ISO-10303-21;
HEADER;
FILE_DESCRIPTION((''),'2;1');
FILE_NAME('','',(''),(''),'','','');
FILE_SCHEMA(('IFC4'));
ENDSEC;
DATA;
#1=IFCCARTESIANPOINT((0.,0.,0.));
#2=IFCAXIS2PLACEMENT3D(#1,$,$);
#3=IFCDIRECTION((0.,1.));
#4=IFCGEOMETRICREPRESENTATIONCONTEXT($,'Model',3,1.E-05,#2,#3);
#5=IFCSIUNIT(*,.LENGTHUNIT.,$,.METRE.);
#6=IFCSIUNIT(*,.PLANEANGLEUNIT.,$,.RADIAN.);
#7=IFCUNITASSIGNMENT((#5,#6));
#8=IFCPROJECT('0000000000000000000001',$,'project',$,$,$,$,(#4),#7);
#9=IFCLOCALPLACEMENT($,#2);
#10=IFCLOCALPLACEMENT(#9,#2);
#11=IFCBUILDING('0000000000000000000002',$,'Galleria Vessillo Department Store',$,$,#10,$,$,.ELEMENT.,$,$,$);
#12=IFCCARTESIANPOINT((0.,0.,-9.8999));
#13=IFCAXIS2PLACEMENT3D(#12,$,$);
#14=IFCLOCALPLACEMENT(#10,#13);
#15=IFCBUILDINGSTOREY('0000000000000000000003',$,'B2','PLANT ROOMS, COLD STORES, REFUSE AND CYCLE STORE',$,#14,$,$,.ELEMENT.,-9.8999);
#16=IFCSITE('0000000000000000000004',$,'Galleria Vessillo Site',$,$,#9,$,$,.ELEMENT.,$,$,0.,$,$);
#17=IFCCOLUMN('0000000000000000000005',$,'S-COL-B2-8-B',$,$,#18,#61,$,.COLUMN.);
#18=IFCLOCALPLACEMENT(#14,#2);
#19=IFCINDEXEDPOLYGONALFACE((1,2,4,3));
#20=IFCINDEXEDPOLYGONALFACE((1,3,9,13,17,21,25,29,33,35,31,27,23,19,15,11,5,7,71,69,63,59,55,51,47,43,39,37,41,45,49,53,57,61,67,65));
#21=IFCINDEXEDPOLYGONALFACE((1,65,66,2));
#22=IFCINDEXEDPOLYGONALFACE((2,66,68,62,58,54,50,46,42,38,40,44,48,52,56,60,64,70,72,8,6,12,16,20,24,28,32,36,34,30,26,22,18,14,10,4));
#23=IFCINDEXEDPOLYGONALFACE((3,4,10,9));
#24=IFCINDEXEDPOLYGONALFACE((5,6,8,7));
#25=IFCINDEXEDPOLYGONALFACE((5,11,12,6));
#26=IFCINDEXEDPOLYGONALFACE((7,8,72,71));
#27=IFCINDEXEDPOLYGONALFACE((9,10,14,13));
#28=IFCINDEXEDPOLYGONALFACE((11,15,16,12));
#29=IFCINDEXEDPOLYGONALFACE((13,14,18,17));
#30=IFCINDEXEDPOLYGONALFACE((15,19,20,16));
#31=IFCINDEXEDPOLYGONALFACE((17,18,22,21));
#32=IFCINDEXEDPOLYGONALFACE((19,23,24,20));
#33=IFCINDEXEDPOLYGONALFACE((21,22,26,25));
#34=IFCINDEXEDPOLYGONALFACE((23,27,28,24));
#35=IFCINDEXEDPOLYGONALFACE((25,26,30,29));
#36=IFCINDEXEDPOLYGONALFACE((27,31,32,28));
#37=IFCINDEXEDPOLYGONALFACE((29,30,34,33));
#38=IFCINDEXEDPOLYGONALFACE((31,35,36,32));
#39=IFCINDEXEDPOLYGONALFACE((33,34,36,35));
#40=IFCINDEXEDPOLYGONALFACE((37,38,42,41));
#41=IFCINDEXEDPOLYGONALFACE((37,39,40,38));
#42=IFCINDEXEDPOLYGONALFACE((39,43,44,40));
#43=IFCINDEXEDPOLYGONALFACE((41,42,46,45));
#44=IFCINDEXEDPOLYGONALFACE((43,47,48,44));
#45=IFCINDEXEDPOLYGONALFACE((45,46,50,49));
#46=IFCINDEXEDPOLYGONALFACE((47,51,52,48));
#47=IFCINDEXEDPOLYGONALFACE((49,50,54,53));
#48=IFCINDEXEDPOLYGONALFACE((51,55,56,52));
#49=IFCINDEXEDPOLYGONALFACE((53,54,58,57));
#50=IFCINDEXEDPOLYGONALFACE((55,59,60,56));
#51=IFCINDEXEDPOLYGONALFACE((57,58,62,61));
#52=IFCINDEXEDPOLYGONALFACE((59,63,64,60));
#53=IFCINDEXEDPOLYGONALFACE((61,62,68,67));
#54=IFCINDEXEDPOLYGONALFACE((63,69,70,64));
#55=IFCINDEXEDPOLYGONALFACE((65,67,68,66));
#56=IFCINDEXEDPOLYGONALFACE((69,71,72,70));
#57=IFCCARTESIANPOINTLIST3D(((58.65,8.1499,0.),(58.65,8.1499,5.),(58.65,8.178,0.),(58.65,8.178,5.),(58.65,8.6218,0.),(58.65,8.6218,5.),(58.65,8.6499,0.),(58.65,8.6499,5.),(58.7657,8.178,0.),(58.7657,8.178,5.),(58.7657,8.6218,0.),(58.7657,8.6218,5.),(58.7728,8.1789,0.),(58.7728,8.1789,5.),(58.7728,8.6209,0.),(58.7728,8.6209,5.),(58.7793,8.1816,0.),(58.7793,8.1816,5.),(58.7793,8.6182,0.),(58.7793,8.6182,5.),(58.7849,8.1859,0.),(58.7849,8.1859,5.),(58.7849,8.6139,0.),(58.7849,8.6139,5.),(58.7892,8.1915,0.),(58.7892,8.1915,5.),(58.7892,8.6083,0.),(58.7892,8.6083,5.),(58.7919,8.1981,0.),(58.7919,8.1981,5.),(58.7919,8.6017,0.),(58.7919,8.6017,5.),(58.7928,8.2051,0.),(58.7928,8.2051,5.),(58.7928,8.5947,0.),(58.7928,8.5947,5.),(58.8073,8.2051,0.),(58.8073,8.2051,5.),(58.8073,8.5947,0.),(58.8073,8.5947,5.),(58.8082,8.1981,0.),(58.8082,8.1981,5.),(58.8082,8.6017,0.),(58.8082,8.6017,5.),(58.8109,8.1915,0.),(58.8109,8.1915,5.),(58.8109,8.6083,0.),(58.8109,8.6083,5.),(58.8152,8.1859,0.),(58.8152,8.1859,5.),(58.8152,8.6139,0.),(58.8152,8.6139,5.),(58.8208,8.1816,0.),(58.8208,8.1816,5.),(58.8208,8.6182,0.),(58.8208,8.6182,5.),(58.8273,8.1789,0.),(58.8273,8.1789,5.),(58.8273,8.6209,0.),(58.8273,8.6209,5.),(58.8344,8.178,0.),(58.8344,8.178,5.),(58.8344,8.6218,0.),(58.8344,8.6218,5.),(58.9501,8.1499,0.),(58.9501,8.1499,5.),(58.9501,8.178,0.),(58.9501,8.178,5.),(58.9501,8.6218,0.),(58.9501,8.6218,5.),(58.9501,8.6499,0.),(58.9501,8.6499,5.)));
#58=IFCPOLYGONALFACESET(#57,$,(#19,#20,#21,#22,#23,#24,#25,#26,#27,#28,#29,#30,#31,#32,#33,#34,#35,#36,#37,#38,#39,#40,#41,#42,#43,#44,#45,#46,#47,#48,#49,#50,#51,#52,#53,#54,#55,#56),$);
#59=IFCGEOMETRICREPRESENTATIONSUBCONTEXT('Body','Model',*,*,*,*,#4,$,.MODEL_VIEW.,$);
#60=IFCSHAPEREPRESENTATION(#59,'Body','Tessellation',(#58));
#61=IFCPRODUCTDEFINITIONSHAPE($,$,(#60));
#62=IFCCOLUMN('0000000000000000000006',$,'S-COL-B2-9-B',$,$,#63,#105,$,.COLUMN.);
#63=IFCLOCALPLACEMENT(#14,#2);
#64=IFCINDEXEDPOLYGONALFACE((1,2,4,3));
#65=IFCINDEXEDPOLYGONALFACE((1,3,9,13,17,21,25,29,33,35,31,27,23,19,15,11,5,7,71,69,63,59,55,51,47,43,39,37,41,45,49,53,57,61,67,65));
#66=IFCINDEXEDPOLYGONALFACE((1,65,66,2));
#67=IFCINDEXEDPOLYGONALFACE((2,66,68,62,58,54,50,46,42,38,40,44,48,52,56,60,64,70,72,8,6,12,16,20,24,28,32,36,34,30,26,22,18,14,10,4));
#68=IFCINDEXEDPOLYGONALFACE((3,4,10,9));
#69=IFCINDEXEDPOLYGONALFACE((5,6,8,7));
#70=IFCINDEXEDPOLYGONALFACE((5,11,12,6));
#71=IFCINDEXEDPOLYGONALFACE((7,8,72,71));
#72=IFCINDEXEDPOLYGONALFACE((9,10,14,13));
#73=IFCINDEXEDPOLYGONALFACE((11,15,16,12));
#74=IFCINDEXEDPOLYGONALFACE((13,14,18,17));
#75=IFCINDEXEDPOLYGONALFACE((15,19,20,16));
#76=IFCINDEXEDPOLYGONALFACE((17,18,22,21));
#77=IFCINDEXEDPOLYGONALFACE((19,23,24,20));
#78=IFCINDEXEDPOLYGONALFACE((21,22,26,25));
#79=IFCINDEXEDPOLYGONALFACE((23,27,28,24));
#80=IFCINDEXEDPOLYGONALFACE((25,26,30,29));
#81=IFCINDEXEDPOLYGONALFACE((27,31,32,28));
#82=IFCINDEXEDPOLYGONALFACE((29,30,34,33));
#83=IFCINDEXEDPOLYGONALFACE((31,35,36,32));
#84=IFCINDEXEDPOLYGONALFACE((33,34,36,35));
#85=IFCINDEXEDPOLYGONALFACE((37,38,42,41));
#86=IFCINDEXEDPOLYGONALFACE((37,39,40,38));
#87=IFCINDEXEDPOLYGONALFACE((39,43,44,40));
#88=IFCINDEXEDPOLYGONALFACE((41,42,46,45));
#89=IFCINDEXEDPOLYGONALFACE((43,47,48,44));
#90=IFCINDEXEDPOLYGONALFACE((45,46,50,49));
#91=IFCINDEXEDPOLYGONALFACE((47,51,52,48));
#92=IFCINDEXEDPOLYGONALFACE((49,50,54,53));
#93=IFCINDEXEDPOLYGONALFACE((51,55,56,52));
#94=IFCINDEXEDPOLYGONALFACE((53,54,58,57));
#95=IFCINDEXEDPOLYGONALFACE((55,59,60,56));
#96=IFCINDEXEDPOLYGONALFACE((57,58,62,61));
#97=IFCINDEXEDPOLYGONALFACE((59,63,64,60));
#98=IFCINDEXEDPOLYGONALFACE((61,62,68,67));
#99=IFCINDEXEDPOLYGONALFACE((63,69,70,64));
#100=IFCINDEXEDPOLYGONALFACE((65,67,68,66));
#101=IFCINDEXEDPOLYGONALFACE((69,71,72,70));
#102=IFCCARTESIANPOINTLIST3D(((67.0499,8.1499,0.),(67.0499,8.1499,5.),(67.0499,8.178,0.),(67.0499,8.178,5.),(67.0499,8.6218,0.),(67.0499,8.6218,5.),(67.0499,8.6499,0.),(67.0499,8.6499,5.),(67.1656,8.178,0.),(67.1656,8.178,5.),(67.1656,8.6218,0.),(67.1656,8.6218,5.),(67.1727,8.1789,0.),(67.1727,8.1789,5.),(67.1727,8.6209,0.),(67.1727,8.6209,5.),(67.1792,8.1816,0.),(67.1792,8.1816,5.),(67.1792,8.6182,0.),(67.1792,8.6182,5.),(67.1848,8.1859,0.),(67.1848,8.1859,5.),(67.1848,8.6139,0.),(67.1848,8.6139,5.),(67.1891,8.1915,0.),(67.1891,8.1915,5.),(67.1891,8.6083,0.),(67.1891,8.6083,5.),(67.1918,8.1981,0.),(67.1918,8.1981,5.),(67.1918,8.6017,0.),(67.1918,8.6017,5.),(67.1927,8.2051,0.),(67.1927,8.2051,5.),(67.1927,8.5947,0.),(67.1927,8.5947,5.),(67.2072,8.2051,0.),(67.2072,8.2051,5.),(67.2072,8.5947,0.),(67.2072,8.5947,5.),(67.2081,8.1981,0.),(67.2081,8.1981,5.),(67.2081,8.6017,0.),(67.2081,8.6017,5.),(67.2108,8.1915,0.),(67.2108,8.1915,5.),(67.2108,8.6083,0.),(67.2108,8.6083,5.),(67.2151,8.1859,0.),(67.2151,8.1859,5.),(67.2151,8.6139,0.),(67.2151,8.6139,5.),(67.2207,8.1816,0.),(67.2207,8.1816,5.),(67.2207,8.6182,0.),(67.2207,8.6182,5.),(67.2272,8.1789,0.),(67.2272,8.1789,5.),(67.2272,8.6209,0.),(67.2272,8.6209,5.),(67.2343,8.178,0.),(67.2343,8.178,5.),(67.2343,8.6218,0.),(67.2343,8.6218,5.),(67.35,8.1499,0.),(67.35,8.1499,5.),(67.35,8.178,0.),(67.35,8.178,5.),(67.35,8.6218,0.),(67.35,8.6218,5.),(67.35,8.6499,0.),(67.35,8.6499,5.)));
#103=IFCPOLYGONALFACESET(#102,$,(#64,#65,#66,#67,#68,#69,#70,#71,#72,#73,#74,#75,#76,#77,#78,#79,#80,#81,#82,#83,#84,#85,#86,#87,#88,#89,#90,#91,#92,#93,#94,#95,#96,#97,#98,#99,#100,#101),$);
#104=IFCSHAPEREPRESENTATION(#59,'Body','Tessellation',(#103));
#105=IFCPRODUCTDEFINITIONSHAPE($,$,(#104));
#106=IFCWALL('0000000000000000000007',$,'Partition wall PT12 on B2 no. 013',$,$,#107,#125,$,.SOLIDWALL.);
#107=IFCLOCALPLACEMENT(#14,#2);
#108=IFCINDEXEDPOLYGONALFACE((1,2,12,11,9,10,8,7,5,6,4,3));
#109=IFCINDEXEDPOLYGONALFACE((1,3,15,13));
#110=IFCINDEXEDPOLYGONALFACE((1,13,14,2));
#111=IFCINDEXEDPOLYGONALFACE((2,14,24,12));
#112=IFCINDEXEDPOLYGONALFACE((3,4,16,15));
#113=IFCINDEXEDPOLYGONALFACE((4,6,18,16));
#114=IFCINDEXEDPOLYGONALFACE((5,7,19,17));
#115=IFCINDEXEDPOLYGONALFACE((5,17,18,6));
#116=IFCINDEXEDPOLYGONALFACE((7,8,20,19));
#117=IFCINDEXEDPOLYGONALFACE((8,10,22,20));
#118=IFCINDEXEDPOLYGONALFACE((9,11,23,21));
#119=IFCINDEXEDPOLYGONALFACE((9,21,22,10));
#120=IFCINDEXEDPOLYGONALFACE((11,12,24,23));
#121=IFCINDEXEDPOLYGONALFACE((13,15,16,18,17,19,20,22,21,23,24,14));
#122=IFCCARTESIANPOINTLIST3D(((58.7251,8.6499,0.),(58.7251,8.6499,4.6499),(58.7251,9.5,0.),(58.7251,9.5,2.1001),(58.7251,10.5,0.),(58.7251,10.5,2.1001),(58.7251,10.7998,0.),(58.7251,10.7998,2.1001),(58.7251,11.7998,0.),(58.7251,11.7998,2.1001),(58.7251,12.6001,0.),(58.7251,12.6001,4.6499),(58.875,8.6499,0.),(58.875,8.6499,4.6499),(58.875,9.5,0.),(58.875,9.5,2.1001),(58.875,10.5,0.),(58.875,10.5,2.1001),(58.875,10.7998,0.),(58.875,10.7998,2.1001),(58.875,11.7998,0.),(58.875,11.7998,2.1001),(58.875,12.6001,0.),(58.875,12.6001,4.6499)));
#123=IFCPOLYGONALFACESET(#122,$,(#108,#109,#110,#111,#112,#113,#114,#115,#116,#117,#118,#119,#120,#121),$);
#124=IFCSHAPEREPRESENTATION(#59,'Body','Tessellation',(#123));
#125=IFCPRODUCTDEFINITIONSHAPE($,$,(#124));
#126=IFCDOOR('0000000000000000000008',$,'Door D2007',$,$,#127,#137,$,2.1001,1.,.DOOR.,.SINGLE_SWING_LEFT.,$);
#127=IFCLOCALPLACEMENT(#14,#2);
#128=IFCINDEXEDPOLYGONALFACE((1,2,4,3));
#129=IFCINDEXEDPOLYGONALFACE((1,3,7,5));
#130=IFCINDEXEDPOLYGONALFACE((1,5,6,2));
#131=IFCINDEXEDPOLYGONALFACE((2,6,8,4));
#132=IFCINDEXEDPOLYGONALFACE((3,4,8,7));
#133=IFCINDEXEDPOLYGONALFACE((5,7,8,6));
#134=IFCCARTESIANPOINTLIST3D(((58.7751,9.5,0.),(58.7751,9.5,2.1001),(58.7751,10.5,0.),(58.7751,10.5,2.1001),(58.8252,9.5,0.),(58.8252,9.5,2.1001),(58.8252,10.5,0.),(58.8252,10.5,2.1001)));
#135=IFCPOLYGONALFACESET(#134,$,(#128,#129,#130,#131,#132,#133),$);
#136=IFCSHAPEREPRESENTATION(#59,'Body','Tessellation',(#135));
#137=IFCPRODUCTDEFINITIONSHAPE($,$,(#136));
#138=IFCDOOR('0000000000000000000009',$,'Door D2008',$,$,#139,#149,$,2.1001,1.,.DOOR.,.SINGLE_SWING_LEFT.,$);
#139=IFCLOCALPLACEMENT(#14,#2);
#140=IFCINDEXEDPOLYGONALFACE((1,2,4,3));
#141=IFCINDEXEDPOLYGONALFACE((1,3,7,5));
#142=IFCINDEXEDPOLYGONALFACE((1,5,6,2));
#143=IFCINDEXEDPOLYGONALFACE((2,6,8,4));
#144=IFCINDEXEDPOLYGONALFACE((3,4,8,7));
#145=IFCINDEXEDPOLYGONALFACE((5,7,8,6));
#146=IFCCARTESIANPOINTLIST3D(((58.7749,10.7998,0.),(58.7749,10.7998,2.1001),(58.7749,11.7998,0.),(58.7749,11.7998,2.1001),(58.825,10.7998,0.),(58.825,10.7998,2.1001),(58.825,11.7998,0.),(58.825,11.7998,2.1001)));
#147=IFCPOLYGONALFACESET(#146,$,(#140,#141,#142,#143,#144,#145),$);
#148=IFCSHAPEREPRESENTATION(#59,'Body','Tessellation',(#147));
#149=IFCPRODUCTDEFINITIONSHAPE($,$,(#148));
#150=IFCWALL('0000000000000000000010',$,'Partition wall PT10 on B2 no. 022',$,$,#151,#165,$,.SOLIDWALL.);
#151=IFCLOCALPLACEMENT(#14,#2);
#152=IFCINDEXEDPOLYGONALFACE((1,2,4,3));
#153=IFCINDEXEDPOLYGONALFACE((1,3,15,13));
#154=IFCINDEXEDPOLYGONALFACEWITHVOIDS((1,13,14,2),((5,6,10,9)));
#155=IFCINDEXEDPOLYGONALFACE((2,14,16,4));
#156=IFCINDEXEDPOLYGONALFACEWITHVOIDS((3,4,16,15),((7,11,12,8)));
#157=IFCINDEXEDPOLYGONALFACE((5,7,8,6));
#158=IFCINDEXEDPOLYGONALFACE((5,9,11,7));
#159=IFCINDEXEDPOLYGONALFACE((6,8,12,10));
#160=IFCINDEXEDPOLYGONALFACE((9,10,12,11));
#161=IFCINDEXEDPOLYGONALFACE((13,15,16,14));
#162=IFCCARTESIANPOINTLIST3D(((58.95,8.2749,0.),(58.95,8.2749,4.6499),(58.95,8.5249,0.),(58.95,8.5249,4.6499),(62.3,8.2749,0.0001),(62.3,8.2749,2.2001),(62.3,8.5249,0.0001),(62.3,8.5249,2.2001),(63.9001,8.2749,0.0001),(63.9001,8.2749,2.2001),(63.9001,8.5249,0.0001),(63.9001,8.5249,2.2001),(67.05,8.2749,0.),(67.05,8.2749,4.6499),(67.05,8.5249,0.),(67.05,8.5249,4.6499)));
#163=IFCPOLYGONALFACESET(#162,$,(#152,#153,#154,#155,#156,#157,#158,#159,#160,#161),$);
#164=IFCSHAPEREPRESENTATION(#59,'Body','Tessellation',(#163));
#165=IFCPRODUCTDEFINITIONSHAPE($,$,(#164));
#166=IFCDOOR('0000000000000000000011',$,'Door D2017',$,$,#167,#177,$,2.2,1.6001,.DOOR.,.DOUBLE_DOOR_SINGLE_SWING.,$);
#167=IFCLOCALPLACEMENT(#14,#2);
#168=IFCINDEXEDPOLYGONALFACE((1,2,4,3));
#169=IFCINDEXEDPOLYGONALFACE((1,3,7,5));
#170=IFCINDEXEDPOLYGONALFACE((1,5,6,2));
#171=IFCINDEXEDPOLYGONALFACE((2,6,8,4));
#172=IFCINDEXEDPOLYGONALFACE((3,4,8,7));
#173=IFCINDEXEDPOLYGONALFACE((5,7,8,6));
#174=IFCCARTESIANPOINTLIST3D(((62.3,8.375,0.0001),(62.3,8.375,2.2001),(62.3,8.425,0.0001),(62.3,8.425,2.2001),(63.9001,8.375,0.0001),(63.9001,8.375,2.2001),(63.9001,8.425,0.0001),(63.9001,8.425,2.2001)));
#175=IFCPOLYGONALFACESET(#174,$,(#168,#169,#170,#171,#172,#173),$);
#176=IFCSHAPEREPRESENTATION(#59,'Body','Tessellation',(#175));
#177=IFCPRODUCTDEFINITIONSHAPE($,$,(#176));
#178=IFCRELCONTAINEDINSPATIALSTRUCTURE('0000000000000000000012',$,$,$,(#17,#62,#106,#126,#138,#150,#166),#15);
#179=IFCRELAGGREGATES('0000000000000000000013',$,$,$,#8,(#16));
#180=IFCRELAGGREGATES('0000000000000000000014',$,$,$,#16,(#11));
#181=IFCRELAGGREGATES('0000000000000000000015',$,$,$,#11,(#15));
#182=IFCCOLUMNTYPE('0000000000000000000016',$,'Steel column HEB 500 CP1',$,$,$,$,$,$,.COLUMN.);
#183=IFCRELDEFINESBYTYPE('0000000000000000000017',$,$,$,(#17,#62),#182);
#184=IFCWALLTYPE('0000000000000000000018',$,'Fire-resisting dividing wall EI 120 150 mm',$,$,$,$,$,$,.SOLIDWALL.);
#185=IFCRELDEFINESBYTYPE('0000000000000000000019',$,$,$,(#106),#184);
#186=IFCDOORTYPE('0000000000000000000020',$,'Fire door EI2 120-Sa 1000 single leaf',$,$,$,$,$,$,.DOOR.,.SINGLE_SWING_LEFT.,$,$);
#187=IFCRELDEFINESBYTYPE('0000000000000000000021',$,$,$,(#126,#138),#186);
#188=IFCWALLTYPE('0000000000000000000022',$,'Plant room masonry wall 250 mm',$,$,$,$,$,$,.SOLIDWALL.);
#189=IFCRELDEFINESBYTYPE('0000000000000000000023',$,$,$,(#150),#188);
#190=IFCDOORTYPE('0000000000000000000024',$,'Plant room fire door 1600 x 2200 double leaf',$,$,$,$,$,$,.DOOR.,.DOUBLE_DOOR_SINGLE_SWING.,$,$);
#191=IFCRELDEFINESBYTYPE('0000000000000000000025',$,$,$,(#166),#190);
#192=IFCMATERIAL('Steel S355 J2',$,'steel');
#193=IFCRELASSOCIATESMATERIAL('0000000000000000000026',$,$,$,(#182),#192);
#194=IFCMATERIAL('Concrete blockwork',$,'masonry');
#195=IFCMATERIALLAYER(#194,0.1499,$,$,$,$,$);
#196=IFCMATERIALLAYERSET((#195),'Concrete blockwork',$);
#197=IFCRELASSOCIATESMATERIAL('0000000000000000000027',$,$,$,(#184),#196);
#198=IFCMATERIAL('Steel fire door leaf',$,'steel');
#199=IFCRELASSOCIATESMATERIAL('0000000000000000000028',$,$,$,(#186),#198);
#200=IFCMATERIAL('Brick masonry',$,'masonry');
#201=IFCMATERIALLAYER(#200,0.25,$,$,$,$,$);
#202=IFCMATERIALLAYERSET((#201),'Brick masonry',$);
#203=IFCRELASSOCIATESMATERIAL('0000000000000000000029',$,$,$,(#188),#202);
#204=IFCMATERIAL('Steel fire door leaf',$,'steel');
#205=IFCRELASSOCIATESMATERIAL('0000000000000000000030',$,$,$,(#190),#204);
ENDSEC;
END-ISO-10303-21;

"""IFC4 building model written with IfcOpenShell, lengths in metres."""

from ifc_helpers import new_model, si_unit, direction, frame, frame_2d, origin, origin_2d, place, context, subcontext, project, spatial, rectangle, i_section, extrude, material, layer, layer_set, material_profile, profile_set, type_object, element, fill, save


model = new_model("IFC4")

# Units and contexts
model_context = context("Model", 3, precision=1e-05, world=origin(), true_north=direction((0.0, 1.0)))
body_context = subcontext(model_context, "Body", "Model", "MODEL_VIEW")
ifc_project = project(units=[si_unit("LENGTHUNIT", "METRE"), si_unit("PLANEANGLEUNIT", "RADIAN")], contexts=[model_context])

# Site, building, storey
site_placement = place(None, origin())
site = spatial("IfcSite", under=ifc_project, at=site_placement, Name="Galleria Vessillo Site", CompositionType="ELEMENT", RefElevation=0.0)
building_placement = place(site_placement, origin())
building = spatial("IfcBuilding", under=site, at=building_placement, Name="Galleria Vessillo Department Store", CompositionType="ELEMENT")
storey_placement = place(building_placement, frame((0.0, 0.0, -9.8999)))
storey = spatial("IfcBuildingStorey", under=building, at=storey_placement, Name="B2", Description="PLANT ROOMS, COLD STORES, REFUSE AND CYCLE STORE", CompositionType="ELEMENT", Elevation=-9.8999)

# Columns
ifc_material_1 = material(Name="Steel S355 J2", Category="steel")
ifc_material_profile = material_profile(ifc_material_1, i_section(OverallWidth=0.3, OverallDepth=0.5, WebThickness=0.0144, FlangeThickness=0.0281, FilletRadius=0.0271, at=origin_2d()), Name="HEB 500")
ifc_profile_set = profile_set([ifc_material_profile], Name="Steel S355 J2")
column_type = type_object("IfcColumnType", Name="Steel column HEB 500 CP1", PredefinedType="COLUMN", material=ifc_profile_set)
for number, where, z_axis, x_axis, name in (
    (1, (58.8, 8.3999, 0.0), (0.0, 0.0, 1.0), (1.0, 0.0, 0.0), "S-COL-B2-8-B"),
    (2, (67.2, 8.3999, 0.0), (0.0, 0.0, 1.0), (1.0, 0.0, 0.0), "S-COL-B2-9-B"),
):
    element("IfcColumn", number, at=place(storey_placement, frame(where, z_axis=z_axis, x_axis=x_axis)), inside=storey, type_object=column_type, Name=name, PredefinedType="COLUMN", context=body_context, shape_type="SweptSolid", body=[
        extrude(i_section(OverallWidth=0.3, OverallDepth=0.5, WebThickness=0.0144, FlangeThickness=0.0281, FilletRadius=0.0271, at=origin_2d()), origin(), (0.0, 0.0, 1.0), 5.0),
    ])

# Wall, openings, doors
ifc_material_2 = material(Name="Concrete blockwork", Category="masonry")
ifc_layer_1 = layer(ifc_material_2, 0.1499)
ifc_layer_set_1 = layer_set([ifc_layer_1], Name="Concrete blockwork")
wall_type_1 = type_object("IfcWallType", Name="Fire-resisting dividing wall EI 120 150 mm", PredefinedType="SOLIDWALL", material=ifc_layer_set_1)
wall_1_placement = place(storey_placement, frame((58.8, 8.6499, 0.0), z_axis=(0.0, 0.0, 1.0), x_axis=(0.0, 1.0, 0.0)))
wall_1 = element("IfcWall", 3, at=wall_1_placement, inside=storey, type_object=wall_type_1, Name="Partition wall PT12 on B2 no. 013", PredefinedType="SOLIDWALL", context=body_context, shape_type="SweptSolid", body=[
    extrude(rectangle(XDim=3.9502, YDim=0.1499, at=frame_2d((1.9751, 0.0))), origin(), (0.0, 0.0, 1.0), 4.6499),
])
opening_1_placement = place(wall_1_placement, frame((0.8501, 0.0, 0.0)))
opening_1 = element("IfcOpeningElement", 4, at=opening_1_placement, cuts=wall_1, PredefinedType="OPENING", context=body_context, shape_type="SweptSolid", body=[
    extrude(rectangle(XDim=1.0, YDim=2.1001, at=frame_2d((0.5, 1.05))), frame((0.0, 0.085, 0.0), z_axis=(0.0, -1.0, 0.0), x_axis=(1.0, 0.0, 0.0)), (0.0, 0.0, 1.0), 0.1699),
])
opening_2_placement = place(wall_1_placement, frame((2.1499, 0.0, 0.0)))
opening_2 = element("IfcOpeningElement", 5, at=opening_2_placement, cuts=wall_1, PredefinedType="OPENING", context=body_context, shape_type="SweptSolid", body=[
    extrude(rectangle(XDim=1.0, YDim=2.1001, at=frame_2d((0.5, 1.05))), frame((0.0, 0.085, 0.0), z_axis=(0.0, -1.0, 0.0), x_axis=(1.0, 0.0, 0.0)), (0.0, 0.0, 1.0), 0.1699),
])
ifc_material_3 = material(Name="Steel fire door leaf", Category="steel")
door_type_1 = type_object("IfcDoorType", Name="Fire door EI2 120-Sa 1000 single leaf", OperationType="SINGLE_SWING_LEFT", PredefinedType="DOOR", material=ifc_material_3)
door_1_placement = place(opening_1_placement, origin())
door_1 = element("IfcDoor", 6, at=door_1_placement, inside=storey, type_object=door_type_1, Name="Door D2007", OperationType="SINGLE_SWING_LEFT", OverallHeight=2.1001, OverallWidth=1.0, PredefinedType="DOOR", context=body_context, shape_type="SweptSolid", body=[
    extrude(rectangle(XDim=1.0, YDim=2.1001, at=frame_2d((0.5, 1.05))), frame((0.0, 0.0249, 0.0), z_axis=(0.0, -1.0, 0.0), x_axis=(1.0, 0.0, 0.0)), (0.0, 0.0, 1.0), 0.05),
])
fill(opening_1, door_1)
door_2_placement = place(opening_2_placement, frame((1.0, 0.0, 0.0), z_axis=(0.0, 0.0, 1.0), x_axis=(-1.0, 0.0, 0.0)))
door_2 = element("IfcDoor", 7, at=door_2_placement, inside=storey, type_object=door_type_1, Name="Door D2008", OperationType="SINGLE_SWING_LEFT", OverallHeight=2.1001, OverallWidth=1.0, PredefinedType="DOOR", context=body_context, shape_type="SweptSolid", body=[
    extrude(rectangle(XDim=1.0, YDim=2.1001, at=frame_2d((0.5, 1.05))), frame((0.0, 0.0249, 0.0), z_axis=(0.0, -1.0, 0.0), x_axis=(1.0, 0.0, 0.0)), (0.0, 0.0, 1.0), 0.05),
])
fill(opening_2, door_2)

# Wall, opening, door
ifc_material_4 = material(Name="Brick masonry", Category="masonry")
ifc_layer_2 = layer(ifc_material_4, 0.25)
ifc_layer_set_2 = layer_set([ifc_layer_2], Name="Brick masonry")
wall_type_2 = type_object("IfcWallType", Name="Plant room masonry wall 250 mm", PredefinedType="SOLIDWALL", material=ifc_layer_set_2)
wall_2_placement = place(storey_placement, frame((58.95, 8.3999, 0.0), z_axis=(0.0, 0.0, 1.0), x_axis=(1.0, 0.0, 0.0)))
wall_2 = element("IfcWall", 8, at=wall_2_placement, inside=storey, type_object=wall_type_2, Name="Partition wall PT10 on B2 no. 022", PredefinedType="SOLIDWALL", context=body_context, shape_type="SweptSolid", body=[
    extrude(rectangle(XDim=8.1001, YDim=0.25, at=frame_2d((4.05, 0.0))), origin(), (0.0, 0.0, 1.0), 4.6499),
])
opening_3_placement = place(wall_2_placement, frame((3.3501, 0.0, 0.0)))
opening_3 = element("IfcOpeningElement", 9, at=opening_3_placement, cuts=wall_2, PredefinedType="OPENING", context=body_context, shape_type="SweptSolid", body=[
    extrude(rectangle(XDim=1.6001, YDim=2.2, at=frame_2d((0.8, 1.1001))), frame((0.0, 0.135, 0.0), z_axis=(0.0, -1.0, 0.0), x_axis=(1.0, 0.0, 0.0)), (0.0, 0.0, 1.0), 0.27),
])
ifc_material_5 = material(Name="Steel fire door leaf", Category="steel")
door_type_2 = type_object("IfcDoorType", Name="Plant room fire door 1600 x 2200 double leaf", OperationType="DOUBLE_DOOR_SINGLE_SWING", PredefinedType="DOOR", material=ifc_material_5)
door_3_placement = place(opening_3_placement, frame((1.6001, 0.0, 0.0), z_axis=(0.0, 0.0, 1.0), x_axis=(-1.0, 0.0, 0.0)))
door_3 = element("IfcDoor", 10, at=door_3_placement, inside=storey, type_object=door_type_2, Name="Door D2017", OperationType="DOUBLE_DOOR_SINGLE_SWING", OverallHeight=2.2, OverallWidth=1.6001, PredefinedType="DOOR", context=body_context, shape_type="SweptSolid", body=[
    extrude(rectangle(XDim=1.6001, YDim=2.2, at=frame_2d((0.8, 1.1001))), frame((0.0, 0.0249, 0.0), z_axis=(0.0, -1.0, 0.0), x_axis=(1.0, 0.0, 0.0)), (0.0, 0.0, 1.0), 0.05),
])
fill(opening_3, door_3)

save(model, "model.ifc")
